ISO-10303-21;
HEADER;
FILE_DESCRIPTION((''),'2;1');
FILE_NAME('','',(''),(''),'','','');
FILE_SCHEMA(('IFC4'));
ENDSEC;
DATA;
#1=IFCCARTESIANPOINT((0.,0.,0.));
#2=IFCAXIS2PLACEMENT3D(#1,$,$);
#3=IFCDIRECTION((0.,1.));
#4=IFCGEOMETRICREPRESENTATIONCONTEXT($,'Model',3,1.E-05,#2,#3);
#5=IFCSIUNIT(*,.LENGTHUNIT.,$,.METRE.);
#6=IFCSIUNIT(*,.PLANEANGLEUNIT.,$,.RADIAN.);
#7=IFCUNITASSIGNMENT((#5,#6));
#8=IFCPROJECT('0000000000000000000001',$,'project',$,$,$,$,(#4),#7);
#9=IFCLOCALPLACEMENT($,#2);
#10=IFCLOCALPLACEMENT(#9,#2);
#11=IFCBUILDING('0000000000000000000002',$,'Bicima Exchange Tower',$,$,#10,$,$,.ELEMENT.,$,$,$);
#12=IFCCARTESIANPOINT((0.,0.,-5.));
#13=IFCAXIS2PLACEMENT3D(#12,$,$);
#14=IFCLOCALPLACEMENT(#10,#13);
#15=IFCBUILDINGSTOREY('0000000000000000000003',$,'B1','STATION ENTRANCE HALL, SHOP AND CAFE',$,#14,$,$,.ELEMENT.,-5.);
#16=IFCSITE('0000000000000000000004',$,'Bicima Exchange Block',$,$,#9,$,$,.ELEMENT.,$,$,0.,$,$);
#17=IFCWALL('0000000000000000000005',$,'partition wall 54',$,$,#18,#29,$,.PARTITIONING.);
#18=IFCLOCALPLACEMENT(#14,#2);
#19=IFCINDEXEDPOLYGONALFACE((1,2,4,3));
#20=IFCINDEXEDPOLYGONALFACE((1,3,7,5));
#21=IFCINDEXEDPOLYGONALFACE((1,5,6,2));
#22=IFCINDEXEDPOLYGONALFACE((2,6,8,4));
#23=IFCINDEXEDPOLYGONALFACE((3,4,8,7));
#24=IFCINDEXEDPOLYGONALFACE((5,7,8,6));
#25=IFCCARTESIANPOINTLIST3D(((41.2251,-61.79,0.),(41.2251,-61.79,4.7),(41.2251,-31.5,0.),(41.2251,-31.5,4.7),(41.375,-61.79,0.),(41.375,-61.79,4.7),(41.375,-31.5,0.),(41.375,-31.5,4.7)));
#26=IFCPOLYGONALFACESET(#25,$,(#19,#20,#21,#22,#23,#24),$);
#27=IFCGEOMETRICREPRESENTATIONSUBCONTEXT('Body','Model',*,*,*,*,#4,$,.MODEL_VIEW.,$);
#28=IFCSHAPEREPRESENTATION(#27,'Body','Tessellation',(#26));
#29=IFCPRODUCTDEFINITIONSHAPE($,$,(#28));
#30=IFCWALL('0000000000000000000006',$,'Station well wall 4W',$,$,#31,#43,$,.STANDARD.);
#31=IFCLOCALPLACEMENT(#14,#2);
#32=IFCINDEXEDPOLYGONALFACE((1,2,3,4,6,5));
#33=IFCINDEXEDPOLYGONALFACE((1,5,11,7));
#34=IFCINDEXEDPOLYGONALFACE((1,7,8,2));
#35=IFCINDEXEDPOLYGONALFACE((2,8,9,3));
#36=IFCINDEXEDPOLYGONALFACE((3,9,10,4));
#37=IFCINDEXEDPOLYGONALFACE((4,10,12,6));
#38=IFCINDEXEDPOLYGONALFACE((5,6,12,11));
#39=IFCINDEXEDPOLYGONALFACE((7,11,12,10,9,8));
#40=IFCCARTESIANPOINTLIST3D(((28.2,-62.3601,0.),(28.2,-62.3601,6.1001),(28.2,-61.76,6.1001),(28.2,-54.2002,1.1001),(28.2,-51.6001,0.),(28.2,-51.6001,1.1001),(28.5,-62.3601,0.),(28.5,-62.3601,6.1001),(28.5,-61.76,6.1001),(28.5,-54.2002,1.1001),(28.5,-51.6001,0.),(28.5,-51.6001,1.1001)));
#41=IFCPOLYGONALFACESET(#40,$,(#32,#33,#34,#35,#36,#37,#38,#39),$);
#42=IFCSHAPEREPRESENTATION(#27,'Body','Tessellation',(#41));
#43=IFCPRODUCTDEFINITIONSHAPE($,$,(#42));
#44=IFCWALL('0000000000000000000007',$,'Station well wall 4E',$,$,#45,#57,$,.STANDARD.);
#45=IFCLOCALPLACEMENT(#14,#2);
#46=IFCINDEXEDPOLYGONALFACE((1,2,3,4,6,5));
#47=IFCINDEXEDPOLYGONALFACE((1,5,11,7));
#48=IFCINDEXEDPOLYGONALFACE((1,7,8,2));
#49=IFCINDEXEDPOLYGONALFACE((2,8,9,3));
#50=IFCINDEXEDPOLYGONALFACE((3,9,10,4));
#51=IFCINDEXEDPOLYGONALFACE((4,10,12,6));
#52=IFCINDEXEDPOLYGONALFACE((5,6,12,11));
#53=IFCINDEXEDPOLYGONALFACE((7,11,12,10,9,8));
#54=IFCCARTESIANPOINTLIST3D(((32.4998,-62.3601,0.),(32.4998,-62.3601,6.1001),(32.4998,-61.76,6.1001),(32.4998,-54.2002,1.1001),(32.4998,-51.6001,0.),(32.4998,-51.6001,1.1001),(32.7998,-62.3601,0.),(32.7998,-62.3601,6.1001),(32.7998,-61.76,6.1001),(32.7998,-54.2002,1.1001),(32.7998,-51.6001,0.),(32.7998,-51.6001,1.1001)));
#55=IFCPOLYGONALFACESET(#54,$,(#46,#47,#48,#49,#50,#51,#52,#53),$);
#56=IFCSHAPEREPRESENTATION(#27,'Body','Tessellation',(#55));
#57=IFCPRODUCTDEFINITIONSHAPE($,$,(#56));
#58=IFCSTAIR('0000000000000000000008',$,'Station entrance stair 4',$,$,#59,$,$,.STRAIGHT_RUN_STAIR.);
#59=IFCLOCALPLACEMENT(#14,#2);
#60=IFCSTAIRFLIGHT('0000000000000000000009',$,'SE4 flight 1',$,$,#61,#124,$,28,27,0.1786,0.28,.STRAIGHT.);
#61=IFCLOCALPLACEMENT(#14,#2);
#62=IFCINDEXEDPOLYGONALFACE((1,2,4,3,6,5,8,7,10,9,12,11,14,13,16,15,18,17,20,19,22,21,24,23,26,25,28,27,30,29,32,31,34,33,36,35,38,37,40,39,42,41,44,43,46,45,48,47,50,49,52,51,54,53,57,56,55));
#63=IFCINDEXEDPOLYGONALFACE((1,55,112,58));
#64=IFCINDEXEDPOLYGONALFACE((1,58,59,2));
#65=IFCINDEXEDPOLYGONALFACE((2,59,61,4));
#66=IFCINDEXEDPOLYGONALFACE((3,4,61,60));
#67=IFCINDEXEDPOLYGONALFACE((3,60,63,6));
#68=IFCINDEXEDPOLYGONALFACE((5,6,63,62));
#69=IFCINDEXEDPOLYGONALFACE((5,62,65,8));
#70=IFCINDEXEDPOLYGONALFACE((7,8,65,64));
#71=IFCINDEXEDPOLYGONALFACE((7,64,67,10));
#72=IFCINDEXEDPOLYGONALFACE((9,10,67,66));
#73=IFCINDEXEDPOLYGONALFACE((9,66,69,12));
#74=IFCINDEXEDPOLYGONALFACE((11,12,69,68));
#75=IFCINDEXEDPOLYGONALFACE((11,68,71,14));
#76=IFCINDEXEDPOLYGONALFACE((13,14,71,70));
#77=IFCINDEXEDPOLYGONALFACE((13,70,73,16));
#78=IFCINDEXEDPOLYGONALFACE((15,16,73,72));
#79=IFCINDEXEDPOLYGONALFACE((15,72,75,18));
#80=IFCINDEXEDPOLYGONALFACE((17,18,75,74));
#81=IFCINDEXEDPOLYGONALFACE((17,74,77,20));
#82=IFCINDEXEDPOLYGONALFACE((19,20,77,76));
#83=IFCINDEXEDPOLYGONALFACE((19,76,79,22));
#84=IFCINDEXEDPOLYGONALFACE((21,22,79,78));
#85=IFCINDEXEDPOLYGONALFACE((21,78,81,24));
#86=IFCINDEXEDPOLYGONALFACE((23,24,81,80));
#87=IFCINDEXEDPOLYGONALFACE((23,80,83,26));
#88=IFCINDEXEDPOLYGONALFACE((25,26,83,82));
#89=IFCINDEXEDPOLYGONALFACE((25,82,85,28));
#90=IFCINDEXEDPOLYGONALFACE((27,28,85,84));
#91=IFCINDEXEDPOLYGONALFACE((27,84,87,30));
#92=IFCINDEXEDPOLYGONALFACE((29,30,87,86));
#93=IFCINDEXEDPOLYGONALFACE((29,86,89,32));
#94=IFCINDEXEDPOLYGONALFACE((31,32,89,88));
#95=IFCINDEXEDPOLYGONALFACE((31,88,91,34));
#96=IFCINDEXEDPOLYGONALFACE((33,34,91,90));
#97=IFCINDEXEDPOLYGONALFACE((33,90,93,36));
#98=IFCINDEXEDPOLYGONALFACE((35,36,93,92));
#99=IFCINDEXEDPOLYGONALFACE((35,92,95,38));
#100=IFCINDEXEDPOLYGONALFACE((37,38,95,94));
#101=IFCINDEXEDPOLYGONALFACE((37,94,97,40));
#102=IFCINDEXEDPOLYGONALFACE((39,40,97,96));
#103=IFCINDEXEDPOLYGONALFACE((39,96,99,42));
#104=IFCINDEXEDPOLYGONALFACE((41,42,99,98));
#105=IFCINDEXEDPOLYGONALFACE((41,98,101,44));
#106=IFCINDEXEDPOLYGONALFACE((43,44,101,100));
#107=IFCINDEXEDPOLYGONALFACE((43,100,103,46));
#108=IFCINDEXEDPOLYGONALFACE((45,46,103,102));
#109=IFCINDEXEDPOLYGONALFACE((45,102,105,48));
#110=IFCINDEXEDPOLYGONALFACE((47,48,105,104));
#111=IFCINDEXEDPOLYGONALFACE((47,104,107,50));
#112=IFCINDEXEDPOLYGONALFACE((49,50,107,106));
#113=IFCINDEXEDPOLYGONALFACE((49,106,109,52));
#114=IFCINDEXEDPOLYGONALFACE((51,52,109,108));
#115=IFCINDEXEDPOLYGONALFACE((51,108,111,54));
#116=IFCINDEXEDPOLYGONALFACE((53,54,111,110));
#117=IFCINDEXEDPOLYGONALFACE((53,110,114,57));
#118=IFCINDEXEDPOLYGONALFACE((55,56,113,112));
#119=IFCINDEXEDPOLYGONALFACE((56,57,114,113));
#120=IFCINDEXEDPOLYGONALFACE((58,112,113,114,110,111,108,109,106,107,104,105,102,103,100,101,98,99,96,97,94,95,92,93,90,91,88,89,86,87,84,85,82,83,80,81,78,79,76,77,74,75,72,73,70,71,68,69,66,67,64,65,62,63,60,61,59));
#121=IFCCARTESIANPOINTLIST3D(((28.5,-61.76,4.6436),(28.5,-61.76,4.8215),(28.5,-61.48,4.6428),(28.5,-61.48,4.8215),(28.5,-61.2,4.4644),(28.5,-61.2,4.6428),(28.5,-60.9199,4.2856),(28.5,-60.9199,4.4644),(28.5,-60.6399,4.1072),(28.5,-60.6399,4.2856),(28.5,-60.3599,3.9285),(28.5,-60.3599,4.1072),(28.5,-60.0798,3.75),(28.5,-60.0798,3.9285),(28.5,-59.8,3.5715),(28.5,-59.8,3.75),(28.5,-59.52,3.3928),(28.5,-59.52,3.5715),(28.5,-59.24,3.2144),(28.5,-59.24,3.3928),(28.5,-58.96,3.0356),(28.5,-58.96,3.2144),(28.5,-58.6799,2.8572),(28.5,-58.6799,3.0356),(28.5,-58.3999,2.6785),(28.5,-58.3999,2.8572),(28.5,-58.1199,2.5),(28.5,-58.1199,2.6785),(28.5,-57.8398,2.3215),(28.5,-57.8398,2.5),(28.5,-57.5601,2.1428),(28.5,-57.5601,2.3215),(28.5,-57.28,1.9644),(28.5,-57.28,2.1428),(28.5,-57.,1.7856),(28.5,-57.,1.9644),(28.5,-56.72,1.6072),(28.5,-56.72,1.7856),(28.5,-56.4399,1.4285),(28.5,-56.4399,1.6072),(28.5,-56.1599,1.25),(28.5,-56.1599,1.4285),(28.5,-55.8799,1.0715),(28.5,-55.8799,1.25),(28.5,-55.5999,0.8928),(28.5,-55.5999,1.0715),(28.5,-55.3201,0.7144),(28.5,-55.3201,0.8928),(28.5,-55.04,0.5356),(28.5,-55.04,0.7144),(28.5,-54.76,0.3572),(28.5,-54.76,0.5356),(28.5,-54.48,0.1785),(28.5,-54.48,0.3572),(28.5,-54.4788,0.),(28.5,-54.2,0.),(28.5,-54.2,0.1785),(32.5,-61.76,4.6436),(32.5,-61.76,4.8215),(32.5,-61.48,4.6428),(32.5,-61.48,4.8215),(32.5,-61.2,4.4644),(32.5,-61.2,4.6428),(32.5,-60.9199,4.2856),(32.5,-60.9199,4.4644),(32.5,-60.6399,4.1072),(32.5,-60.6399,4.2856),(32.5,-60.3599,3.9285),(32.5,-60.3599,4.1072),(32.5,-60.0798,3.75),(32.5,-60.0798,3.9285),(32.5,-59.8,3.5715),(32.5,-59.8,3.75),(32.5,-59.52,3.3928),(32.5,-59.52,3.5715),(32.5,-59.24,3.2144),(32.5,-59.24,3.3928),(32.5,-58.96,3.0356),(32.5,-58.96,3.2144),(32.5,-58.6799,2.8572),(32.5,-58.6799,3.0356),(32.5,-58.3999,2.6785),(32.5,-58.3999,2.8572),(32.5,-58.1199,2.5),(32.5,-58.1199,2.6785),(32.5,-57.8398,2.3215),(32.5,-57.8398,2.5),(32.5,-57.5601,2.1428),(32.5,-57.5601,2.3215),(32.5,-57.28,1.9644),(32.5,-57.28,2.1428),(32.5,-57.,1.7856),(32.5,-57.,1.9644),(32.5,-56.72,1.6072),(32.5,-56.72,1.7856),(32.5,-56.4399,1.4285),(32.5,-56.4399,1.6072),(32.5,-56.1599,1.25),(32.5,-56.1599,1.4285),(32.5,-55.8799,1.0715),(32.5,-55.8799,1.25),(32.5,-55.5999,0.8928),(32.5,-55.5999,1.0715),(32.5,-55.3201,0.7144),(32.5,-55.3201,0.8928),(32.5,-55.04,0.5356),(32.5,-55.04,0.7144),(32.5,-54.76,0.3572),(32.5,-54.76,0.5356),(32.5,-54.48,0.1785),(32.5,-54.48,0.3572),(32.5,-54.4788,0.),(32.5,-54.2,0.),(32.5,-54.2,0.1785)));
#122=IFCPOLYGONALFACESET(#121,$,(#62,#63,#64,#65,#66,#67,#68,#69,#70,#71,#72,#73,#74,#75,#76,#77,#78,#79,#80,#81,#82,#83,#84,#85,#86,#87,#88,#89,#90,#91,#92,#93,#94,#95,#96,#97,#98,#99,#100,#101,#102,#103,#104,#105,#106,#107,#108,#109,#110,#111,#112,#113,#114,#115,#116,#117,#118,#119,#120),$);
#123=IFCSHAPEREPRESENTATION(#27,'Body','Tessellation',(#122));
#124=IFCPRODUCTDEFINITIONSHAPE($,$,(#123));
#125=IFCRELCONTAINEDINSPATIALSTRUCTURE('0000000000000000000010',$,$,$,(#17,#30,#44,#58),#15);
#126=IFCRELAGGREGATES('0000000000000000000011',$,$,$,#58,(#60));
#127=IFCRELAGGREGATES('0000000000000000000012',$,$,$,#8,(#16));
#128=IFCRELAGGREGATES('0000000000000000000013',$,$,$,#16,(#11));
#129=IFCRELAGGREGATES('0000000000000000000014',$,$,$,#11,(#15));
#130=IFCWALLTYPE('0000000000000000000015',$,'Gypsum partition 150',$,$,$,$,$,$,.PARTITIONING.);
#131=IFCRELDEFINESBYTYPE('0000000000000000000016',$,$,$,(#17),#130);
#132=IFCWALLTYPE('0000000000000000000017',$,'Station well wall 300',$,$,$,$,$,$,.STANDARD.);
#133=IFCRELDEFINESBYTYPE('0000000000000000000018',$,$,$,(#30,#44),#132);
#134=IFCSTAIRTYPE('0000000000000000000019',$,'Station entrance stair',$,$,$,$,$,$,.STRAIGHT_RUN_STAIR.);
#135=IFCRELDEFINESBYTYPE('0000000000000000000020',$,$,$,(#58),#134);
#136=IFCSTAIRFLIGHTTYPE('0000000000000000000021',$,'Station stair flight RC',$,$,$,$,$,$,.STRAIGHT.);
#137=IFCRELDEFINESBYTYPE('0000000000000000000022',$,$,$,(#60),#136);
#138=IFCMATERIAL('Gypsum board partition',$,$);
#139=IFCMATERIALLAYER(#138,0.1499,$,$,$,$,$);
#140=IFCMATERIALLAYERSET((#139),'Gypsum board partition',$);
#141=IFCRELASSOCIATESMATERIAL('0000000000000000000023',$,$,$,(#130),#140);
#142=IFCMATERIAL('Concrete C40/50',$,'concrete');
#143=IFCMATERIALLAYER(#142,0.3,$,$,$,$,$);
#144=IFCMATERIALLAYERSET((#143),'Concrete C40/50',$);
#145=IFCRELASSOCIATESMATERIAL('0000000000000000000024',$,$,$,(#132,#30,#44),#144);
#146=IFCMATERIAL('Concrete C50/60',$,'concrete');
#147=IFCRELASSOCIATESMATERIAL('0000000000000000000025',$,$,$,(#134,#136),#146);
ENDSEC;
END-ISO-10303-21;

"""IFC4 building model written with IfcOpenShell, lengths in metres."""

from ifc_helpers import new_model, si_unit, direction, frame, frame_2d, origin, place, context, subcontext, project, spatial, polyline, rectangle, outline, extrude, material, layer, layer_set, layer_usage, type_object, element, aggregate, save


model = new_model("IFC4")

# Units and contexts
model_context = context("Model", 3, precision=1e-05, world=origin(), true_north=direction((0.0, 1.0)))
body_context = subcontext(model_context, "Body", "Model", "MODEL_VIEW")
ifc_project = project(units=[si_unit("LENGTHUNIT", "METRE"), si_unit("PLANEANGLEUNIT", "RADIAN")], contexts=[model_context])

# Site, building, storey
site_placement = place(None, origin())
site = spatial("IfcSite", under=ifc_project, at=site_placement, Name="Bicima Exchange Block", CompositionType="ELEMENT", RefElevation=0.0)
building_placement = place(site_placement, origin())
building = spatial("IfcBuilding", under=site, at=building_placement, Name="Bicima Exchange Tower", CompositionType="ELEMENT")
storey_placement = place(building_placement, frame((0.0, 0.0, -5.0)))
storey = spatial("IfcBuildingStorey", under=building, at=storey_placement, Name="B1", Description="STATION ENTRANCE HALL, SHOP AND CAFE", CompositionType="ELEMENT", Elevation=-5.0)

# Shared definitions
ifc_material_1 = material(Name="Concrete C40/50", Category="concrete")

# Shared definitions
ifc_material_2 = material(Name="Gypsum board partition")

# Wall
ifc_layer_1 = layer(ifc_material_2, 0.1499)
ifc_layer_set_1 = layer_set([ifc_layer_1], Name="Gypsum board partition")
wall_type_1 = type_object("IfcWallType", Name="Gypsum partition 150", PredefinedType="PARTITIONING", material=ifc_layer_set_1)
wall_1_placement = place(storey_placement, frame((41.3, -61.79, 0.0), z_axis=(0.0, 0.0, 1.0), x_axis=(0.0, 1.0, 0.0)))
element("IfcWall", 1, at=wall_1_placement, inside=storey, type_object=wall_type_1, Name="partition wall 54", PredefinedType="PARTITIONING", context=body_context, shape_type="SweptSolid", body=[
    extrude(rectangle(XDim=30.29, YDim=0.1499, at=frame_2d((15.145, 0.0))), origin(), (0.0, 0.0, 1.0), 4.7),
])

# Walls
ifc_layer_2 = layer(ifc_material_1, 0.3)
ifc_layer_set_2 = layer_set([ifc_layer_2], Name="Concrete C40/50")
ifc_layer_usage_1 = layer_usage(ifc_layer_set_2, "AXIS2", "POSITIVE", -0.15)
wall_type_2 = type_object("IfcWallType", Name="Station well wall 300", PredefinedType="STANDARD", material=ifc_layer_set_2)
for number, where, z_axis, x_axis, name in (
    (2, (28.3501, -51.6001, 0.0), (0.0, 0.0, 1.0), (0.0, -1.0, 0.0), "Station well wall 4W"),
    (3, (32.6499, -51.6001, 0.0), (0.0, 0.0, 1.0), (0.0, -1.0, 0.0), "Station well wall 4E"),
):
    element("IfcWall", number, at=place(storey_placement, frame(where, z_axis=z_axis, x_axis=x_axis)), inside=storey, type_object=wall_type_2, material=ifc_layer_usage_1, Name=name, PredefinedType="STANDARD", context=body_context, shape_type="SweptSolid", body=[
        extrude(outline(polyline([(0.0, 0.0), (10.76, 0.0), (10.76, 6.1001), (10.1599, 6.1001), (2.6001, 1.1001), (0.0, 1.1001), (0.0, 0.0)])), frame((0.0, 0.1499, 0.0), z_axis=(0.0, -1.0, 0.0), x_axis=(1.0, 0.0, 0.0)), (0.0, 0.0, 1.0), 0.3),
    ])

# Stair, stair flight
ifc_material_3 = material(Name="Concrete C50/60", Category="concrete")
stair_type = type_object("IfcStairType", Name="Station entrance stair", PredefinedType="STRAIGHT_RUN_STAIR", material=ifc_material_3)
stair_placement = place(storey_placement, origin())
stair = element("IfcStair", 4, at=stair_placement, inside=storey, type_object=stair_type, Name="Station entrance stair 4", PredefinedType="STRAIGHT_RUN_STAIR")
stair_flight_type = type_object("IfcStairFlightType", Name="Station stair flight RC", PredefinedType="STRAIGHT", material=ifc_material_3)
stair_flight_placement = place(storey_placement, frame((30.5, -54.2, 0.0), z_axis=(0.0, 0.0, 1.0), x_axis=(0.0, -1.0, 0.0)))
stair_flight = element("IfcStairFlight", 5, at=stair_flight_placement, type_object=stair_flight_type, Name="SE4 flight 1", NumberOfRisers=28, NumberOfTreads=27, PredefinedType="STRAIGHT", RiserHeight=0.1786, TreadLength=0.28, context=body_context, shape_type="SweptSolid", body=[
    extrude(outline(polyline([(0.0, 0.0), (0.0, 0.1785), (0.28, 0.1785), (0.28, 0.3572), (0.5601, 0.3572), (0.5601, 0.5356), (0.8401, 0.5356), (0.8401, 0.7144), (1.1201, 0.7144), (1.1201, 0.8928), (1.3999, 0.8928), (1.3999, 1.0715), (1.6799, 1.0715), (1.6799, 1.25), (1.96, 1.25), (1.96, 1.4285), (2.24, 1.4285), (2.24, 1.6072), (2.52, 1.6072), (2.52, 1.7856), (2.8, 1.7856), (2.8, 1.9644), (3.0801, 1.9644), (3.0801, 2.1428), (3.3601, 2.1428), (3.3601, 2.3215), (3.6399, 2.3215), (3.6399, 2.5), (3.9199, 2.5), (3.9199, 2.6785), (4.2, 2.6785), (4.2, 2.8572), (4.48, 2.8572), (4.48, 3.0356), (4.76, 3.0356), (4.76, 3.2144), (5.04, 3.2144), (5.04, 3.3928), (5.3201, 3.3928), (5.3201, 3.5715), (5.6001, 3.5715), (5.6001, 3.75), (5.8799, 3.75), (5.8799, 3.9285), (6.1599, 3.9285), (6.1599, 4.1072), (6.4399, 4.1072), (6.4399, 4.2856), (6.72, 4.2856), (6.72, 4.4644), (7.0, 4.4644), (7.0, 4.6428), (7.28, 4.6428), (7.28, 4.8215), (7.5601, 4.8215), (7.5601, 5.0), (7.5601, 4.6436), (0.2788, 0.0), (0.0, 0.0)])), frame((0.0, 2.0, 0.0), z_axis=(0.0, -1.0, 0.0), x_axis=(1.0, 0.0, 0.0)), (0.0, 0.0, 1.0), 4.0),
])
aggregate(stair, [stair_flight])

save(model, "model.ifc")
